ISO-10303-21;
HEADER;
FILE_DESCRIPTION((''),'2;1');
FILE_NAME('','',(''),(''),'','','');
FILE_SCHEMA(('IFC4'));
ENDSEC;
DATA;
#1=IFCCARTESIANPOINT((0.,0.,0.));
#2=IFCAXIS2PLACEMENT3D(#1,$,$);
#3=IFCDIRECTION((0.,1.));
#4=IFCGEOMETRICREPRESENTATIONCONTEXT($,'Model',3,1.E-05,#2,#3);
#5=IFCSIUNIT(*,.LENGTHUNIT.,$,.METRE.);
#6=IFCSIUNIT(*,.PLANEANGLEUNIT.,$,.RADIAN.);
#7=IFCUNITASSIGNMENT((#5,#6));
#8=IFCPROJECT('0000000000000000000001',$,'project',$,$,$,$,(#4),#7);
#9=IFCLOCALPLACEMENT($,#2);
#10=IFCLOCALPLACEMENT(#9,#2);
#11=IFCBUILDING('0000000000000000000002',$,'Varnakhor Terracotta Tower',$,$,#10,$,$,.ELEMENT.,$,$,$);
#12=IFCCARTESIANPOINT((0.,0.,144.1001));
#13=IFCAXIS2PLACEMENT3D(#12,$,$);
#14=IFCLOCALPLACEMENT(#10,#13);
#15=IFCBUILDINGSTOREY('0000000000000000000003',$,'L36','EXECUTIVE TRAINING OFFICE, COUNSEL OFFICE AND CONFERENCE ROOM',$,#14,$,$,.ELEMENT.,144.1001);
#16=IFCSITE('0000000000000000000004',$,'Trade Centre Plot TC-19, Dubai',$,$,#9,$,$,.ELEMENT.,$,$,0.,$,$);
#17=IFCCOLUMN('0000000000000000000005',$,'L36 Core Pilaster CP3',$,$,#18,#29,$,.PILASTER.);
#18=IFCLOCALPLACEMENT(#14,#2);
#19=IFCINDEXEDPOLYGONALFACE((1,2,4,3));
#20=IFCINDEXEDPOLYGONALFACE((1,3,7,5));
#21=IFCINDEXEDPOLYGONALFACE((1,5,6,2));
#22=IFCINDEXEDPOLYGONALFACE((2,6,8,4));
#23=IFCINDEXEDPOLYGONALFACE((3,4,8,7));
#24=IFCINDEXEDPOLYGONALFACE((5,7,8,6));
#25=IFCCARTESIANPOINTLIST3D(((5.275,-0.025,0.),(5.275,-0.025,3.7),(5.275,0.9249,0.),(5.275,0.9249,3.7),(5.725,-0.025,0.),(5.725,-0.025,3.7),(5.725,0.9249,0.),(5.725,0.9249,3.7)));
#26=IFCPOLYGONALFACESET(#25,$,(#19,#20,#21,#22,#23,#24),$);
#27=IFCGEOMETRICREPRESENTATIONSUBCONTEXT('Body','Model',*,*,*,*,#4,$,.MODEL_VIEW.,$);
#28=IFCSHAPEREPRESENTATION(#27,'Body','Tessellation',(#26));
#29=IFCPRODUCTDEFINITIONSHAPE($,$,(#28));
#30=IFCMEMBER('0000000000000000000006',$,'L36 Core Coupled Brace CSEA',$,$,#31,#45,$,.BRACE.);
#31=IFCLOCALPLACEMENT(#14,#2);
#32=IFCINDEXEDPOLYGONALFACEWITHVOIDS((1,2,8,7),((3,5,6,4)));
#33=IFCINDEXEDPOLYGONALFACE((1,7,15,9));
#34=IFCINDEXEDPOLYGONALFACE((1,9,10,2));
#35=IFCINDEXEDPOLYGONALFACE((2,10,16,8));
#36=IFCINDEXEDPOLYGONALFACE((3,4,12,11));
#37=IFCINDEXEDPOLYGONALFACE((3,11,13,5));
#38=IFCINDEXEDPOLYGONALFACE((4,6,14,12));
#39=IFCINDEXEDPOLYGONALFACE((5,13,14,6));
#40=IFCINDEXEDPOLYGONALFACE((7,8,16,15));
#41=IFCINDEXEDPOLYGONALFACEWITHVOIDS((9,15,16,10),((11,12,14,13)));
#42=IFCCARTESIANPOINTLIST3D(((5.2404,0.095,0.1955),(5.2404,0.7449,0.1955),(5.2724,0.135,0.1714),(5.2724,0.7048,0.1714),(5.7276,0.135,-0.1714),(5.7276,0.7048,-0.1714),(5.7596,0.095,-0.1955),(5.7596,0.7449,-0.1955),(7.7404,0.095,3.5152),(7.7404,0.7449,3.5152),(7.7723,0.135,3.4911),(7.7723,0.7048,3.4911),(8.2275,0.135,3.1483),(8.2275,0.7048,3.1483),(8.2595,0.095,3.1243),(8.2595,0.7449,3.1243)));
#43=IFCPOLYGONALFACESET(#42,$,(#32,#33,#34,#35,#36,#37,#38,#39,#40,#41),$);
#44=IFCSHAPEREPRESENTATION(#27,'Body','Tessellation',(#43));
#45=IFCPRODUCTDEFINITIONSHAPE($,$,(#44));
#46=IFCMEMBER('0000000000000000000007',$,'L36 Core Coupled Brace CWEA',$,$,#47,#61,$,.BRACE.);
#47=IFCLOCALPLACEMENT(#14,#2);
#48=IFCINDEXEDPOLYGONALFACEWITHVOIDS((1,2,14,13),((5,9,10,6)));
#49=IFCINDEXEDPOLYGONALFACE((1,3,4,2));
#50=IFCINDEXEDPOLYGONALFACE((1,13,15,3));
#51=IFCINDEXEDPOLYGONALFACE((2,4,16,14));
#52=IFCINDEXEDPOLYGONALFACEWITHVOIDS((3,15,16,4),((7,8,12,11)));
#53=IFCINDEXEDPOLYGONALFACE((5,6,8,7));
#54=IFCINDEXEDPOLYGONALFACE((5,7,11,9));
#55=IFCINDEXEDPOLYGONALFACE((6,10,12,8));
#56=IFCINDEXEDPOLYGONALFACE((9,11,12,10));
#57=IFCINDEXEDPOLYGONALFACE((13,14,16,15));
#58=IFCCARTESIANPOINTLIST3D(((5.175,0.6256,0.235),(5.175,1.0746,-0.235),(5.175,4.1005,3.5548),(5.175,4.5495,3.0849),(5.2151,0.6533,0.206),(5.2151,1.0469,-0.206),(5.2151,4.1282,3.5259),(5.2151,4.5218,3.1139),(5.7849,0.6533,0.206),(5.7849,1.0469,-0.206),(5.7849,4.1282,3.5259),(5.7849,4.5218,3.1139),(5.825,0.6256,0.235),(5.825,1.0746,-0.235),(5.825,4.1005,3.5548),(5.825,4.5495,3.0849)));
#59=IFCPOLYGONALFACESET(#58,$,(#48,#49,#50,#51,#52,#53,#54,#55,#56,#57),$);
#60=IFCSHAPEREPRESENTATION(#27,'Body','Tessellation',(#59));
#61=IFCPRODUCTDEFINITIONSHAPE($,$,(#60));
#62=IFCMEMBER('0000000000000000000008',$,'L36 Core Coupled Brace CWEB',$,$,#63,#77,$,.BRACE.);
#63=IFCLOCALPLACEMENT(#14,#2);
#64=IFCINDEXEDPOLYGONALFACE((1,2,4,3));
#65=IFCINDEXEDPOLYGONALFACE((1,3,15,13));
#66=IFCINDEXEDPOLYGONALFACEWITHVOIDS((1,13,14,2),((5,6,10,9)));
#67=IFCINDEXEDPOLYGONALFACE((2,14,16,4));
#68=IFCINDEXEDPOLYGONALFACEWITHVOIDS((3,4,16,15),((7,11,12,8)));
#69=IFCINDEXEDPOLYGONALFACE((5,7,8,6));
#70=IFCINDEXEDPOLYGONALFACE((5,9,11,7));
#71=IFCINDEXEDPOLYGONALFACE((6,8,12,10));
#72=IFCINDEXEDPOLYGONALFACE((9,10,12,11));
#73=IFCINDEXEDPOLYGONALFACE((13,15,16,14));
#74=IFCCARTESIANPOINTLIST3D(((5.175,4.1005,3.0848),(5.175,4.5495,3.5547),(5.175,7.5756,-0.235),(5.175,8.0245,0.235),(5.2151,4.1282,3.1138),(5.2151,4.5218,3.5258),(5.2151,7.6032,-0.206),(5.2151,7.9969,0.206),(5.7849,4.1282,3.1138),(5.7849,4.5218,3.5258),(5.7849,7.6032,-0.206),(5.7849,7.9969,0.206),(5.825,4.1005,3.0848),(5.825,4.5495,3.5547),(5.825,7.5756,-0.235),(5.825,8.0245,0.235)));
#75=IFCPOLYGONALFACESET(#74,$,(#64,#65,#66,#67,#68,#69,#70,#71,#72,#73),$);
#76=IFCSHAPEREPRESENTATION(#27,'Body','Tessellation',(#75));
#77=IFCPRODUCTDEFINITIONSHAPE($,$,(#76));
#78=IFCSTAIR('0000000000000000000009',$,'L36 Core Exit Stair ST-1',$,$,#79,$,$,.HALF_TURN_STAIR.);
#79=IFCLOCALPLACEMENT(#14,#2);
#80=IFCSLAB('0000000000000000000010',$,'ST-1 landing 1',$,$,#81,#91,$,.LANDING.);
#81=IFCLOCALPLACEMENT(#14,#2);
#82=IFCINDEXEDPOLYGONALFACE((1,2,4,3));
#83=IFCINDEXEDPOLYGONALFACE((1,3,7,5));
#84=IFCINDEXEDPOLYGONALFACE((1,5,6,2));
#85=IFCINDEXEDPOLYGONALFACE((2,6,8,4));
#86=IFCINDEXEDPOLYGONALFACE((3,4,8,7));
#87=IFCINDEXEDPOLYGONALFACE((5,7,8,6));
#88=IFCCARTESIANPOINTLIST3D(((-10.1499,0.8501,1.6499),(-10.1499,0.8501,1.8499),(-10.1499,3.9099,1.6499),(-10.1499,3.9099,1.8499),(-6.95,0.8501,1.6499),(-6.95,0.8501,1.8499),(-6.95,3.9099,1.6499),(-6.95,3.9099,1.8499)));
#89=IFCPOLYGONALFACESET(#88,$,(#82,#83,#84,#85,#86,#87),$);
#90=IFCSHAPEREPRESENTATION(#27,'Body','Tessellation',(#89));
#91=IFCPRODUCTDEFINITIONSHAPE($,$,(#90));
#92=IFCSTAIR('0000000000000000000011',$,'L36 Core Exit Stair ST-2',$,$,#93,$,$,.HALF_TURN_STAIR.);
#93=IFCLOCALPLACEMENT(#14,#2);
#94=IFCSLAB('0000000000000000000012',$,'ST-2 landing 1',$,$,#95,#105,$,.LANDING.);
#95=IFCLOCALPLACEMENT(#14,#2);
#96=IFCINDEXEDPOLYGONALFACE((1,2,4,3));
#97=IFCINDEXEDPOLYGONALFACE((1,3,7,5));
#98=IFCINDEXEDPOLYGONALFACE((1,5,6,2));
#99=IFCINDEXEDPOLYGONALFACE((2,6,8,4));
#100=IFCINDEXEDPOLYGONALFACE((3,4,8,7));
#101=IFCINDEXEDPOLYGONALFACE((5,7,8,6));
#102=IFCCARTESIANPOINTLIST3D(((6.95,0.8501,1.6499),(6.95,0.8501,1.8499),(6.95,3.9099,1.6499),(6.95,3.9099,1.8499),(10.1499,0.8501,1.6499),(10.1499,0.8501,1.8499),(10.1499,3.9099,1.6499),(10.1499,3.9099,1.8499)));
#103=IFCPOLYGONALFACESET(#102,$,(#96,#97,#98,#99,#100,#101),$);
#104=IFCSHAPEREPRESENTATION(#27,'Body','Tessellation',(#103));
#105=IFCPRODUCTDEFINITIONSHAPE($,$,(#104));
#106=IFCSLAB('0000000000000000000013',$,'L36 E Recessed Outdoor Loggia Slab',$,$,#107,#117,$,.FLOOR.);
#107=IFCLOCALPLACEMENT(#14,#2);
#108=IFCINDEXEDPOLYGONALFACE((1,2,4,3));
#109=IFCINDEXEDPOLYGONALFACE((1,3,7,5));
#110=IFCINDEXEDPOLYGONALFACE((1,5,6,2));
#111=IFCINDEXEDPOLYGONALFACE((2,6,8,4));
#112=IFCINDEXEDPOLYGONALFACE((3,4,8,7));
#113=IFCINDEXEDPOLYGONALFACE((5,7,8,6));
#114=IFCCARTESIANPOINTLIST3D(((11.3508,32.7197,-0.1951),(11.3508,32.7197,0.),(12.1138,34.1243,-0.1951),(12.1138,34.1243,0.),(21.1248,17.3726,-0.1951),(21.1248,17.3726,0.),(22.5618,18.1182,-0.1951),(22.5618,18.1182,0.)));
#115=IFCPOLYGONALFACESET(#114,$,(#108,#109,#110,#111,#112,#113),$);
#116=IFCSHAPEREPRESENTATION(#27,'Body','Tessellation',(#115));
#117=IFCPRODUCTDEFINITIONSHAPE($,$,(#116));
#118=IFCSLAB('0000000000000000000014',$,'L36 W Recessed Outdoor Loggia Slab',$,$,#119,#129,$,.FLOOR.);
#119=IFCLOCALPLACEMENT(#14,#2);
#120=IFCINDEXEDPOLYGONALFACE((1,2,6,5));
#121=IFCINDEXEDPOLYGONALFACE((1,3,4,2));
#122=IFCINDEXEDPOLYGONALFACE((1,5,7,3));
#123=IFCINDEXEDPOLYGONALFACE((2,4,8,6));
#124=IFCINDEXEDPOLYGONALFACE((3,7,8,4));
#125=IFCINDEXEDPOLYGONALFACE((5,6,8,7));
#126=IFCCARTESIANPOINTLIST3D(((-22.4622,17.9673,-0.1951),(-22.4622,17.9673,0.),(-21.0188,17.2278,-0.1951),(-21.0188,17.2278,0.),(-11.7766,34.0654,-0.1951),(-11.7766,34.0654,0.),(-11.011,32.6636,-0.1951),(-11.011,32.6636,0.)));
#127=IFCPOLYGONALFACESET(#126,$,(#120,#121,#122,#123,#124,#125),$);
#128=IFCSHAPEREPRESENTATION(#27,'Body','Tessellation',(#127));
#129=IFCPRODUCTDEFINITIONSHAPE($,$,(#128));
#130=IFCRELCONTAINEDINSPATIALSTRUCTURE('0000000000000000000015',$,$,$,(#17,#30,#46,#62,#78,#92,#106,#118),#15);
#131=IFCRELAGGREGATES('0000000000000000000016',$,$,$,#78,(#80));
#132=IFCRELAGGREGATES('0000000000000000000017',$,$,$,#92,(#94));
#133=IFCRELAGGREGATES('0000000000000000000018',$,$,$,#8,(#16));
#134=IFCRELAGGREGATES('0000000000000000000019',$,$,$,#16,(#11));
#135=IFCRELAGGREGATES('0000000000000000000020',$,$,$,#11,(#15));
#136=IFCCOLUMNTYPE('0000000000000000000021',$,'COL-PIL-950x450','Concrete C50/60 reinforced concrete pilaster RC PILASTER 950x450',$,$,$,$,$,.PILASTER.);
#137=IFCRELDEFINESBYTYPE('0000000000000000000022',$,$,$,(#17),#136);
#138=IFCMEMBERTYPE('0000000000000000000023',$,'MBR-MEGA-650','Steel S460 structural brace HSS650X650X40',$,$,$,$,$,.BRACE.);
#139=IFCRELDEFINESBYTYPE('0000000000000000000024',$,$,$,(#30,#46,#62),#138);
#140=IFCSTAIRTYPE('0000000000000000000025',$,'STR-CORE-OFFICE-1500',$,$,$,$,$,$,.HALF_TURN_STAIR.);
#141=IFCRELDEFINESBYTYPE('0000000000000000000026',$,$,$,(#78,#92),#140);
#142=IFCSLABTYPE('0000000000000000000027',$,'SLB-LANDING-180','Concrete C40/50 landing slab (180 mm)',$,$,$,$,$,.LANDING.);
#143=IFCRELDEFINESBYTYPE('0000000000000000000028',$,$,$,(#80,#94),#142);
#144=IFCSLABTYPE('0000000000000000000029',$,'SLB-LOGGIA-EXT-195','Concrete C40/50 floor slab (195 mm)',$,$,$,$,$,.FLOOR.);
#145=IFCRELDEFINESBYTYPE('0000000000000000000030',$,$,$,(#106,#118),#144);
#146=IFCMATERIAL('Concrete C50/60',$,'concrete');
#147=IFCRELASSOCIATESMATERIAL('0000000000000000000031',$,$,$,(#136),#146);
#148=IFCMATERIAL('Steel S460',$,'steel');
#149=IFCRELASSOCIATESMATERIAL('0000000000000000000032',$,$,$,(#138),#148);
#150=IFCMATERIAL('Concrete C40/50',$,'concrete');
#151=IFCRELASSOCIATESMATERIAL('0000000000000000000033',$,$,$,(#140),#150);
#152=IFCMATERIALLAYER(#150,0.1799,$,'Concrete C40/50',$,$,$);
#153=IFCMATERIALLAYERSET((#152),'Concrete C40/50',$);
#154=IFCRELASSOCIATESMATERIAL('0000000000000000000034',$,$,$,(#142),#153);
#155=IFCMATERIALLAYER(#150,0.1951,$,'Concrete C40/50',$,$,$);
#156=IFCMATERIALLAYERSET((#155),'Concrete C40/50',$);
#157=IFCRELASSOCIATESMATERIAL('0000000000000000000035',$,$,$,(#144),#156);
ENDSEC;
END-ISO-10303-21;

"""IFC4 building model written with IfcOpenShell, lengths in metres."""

from ifc_helpers import new_model, si_unit, direction, frame, origin, origin_2d, place, context, subcontext, project, spatial, polyline, rectangle, hollow_rectangle, outline, extrude, source, transform, mapped, material, layer, layer_set, material_profile, profile_set, type_object, element, aggregate, save


model = new_model("IFC4")

# Units and contexts
model_context = context("Model", 3, precision=1e-05, world=origin(), true_north=direction((0.0, 1.0)))
body_context = subcontext(model_context, "Body", "Model", "MODEL_VIEW")
ifc_project = project(units=[si_unit("LENGTHUNIT", "METRE"), si_unit("PLANEANGLEUNIT", "RADIAN")], contexts=[model_context])

# Site, building, storey
site_placement = place(None, origin())
site = spatial("IfcSite", under=ifc_project, at=site_placement, Name="Trade Centre Plot TC-19, Dubai", CompositionType="ELEMENT", RefElevation=0.0)
building_placement = place(site_placement, origin())
building = spatial("IfcBuilding", under=site, at=building_placement, Name="Varnakhor Terracotta Tower", CompositionType="ELEMENT")
storey_placement = place(building_placement, frame((0.0, 0.0, 144.1001)))
storey = spatial("IfcBuildingStorey", under=building, at=storey_placement, Name="L36", Description="EXECUTIVE TRAINING OFFICE, COUNSEL OFFICE AND CONFERENCE ROOM", CompositionType="ELEMENT", Elevation=144.1001)

# Column
ifc_material_1 = material(Name="Concrete C50/60", Category="concrete")
ifc_material_profile_1 = material_profile(ifc_material_1, rectangle(XDim=0.45, YDim=0.95, at=origin_2d()), Name="RC PILASTER 950x450")
ifc_profile_set_1 = profile_set([ifc_material_profile_1], Name="Concrete C50/60")
column_type = type_object("IfcColumnType", Name="COL-PIL-950x450", Description="Concrete C50/60 reinforced concrete pilaster RC PILASTER 950x450", PredefinedType="PILASTER", material=ifc_profile_set_1)
shared_shape_1 = source(origin(), body_context, "Body", "SweptSolid", [
    extrude(rectangle(XDim=0.45, YDim=0.95, at=origin_2d()), origin(), (0.0, 0.0, 1.0), 3.7),
])
column_placement = place(storey_placement, frame((5.5, 0.45, 0.0), z_axis=(0.0, 0.0, 1.0), x_axis=(1.0, 0.0, 0.0)))
element("IfcColumn", 1, at=column_placement, inside=storey, type_object=column_type, Name="L36 Core Pilaster CP3", PredefinedType="PILASTER", context=body_context, shape_type="MappedRepresentation", body=[
    mapped(shared_shape_1, transform((0.0, 0.0, 0.0), scale=1.0)),
])

# Members
ifc_material_2 = material(Name="Steel S460", Category="steel")
ifc_material_profile_2 = material_profile(ifc_material_2, hollow_rectangle(XDim=0.6499, YDim=0.6499, WallThickness=0.04, at=origin_2d()), Name="HSS650X650X40")
ifc_profile_set_2 = profile_set([ifc_material_profile_2], Name="Steel S460")
member_type = type_object("IfcMemberType", Name="MBR-MEGA-650", Description="Steel S460 structural brace HSS650X650X40", PredefinedType="BRACE", material=ifc_profile_set_2)
shared_shape_2 = source(origin(), body_context, "Body", "SweptSolid", [
    extrude(hollow_rectangle(XDim=0.6499, YDim=0.6499, WallThickness=0.04, at=origin_2d()), origin(), (0.0, 0.0, 1.0), 4.1558),
])
member_placement = place(storey_placement, frame((5.5, 0.4199, 0.0), z_axis=(0.601559, 0.0, 0.798828), x_axis=(0.0, 1.0, 0.0)))
element("IfcMember", 2, at=member_placement, inside=storey, type_object=member_type, Name="L36 Core Coupled Brace CSEA", PredefinedType="BRACE", context=body_context, shape_type="MappedRepresentation", body=[
    mapped(shared_shape_2, transform((0.0, 0.0, 0.0), scale=1.0)),
])
shared_shape_3 = source(origin(), body_context, "Body", "SweptSolid", [
    extrude(hollow_rectangle(XDim=0.6499, YDim=0.6499, WallThickness=0.04, at=origin_2d()), origin(), (0.0, 0.0, 1.0), 4.8059),
])
for number, where, z_axis, x_axis, name in (
    (3, (5.5, 0.8501, 0.0), (0.0, 0.723052, 0.690793), (-1.0, 0.0, 0.0), "L36 Core Coupled Brace CWEA"),
    (4, (5.5, 7.8, 0.0), (0.0, -0.723076, 0.690768), (1.0, 0.0, 0.0), "L36 Core Coupled Brace CWEB"),
):
    element("IfcMember", number, at=place(storey_placement, frame(where, z_axis=z_axis, x_axis=x_axis)), inside=storey, type_object=member_type, Name=name, PredefinedType="BRACE", context=body_context, shape_type="MappedRepresentation", body=[
        mapped(shared_shape_3, transform((0.0, 0.0, 0.0), scale=1.0)),
    ])

# Stairs, slabs
ifc_material_3 = material(Name="Concrete C40/50", Category="concrete")
stair_type = type_object("IfcStairType", Name="STR-CORE-OFFICE-1500", PredefinedType="HALF_TURN_STAIR", material=ifc_material_3)
stair_1_placement = place(storey_placement, origin())
stair_1 = element("IfcStair", 5, at=stair_1_placement, inside=storey, type_object=stair_type, Name="L36 Core Exit Stair ST-1", PredefinedType="HALF_TURN_STAIR")
ifc_layer_1 = layer(ifc_material_3, 0.1799, Name="Concrete C40/50")
ifc_layer_set_1 = layer_set([ifc_layer_1], Name="Concrete C40/50")
slab_type_1 = type_object("IfcSlabType", Name="SLB-LANDING-180", Description="Concrete C40/50 landing slab (180 mm)", PredefinedType="LANDING", material=ifc_layer_set_1)
slab_1_placement = place(storey_placement, frame((0.0, 0.0, 1.6499)))
slab_1 = element("IfcSlab", 6, at=slab_1_placement, type_object=slab_type_1, Name="ST-1 landing 1", PredefinedType="LANDING", context=body_context, shape_type="SweptSolid", body=[
    extrude(outline(polyline([(-10.1499, 3.9099), (-10.1499, 0.8501), (-6.95, 0.8501), (-6.95, 3.9099), (-10.1499, 3.9099)])), origin(), (0.0, 0.0, 1.0), 0.2),
])
aggregate(stair_1, [slab_1])
stair_2_placement = place(storey_placement, origin())
stair_2 = element("IfcStair", 7, at=stair_2_placement, inside=storey, type_object=stair_type, Name="L36 Core Exit Stair ST-2", PredefinedType="HALF_TURN_STAIR")
slab_2_placement = place(storey_placement, frame((0.0, 0.0, 1.6499)))
slab_2 = element("IfcSlab", 8, at=slab_2_placement, type_object=slab_type_1, Name="ST-2 landing 1", PredefinedType="LANDING", context=body_context, shape_type="SweptSolid", body=[
    extrude(outline(polyline([(6.95, 3.9099), (6.95, 0.8501), (10.1499, 0.8501), (10.1499, 3.9099), (6.95, 3.9099)])), origin(), (0.0, 0.0, 1.0), 0.2),
])

# Slabs
ifc_layer_2 = layer(ifc_material_3, 0.1951, Name="Concrete C40/50")
ifc_layer_set_2 = layer_set([ifc_layer_2], Name="Concrete C40/50")
slab_type_2 = type_object("IfcSlabType", Name="SLB-LOGGIA-EXT-195", Description="Concrete C40/50 floor slab (195 mm)", PredefinedType="FLOOR", material=ifc_layer_set_2)
slab_3_placement = place(storey_placement, frame((0.0, 0.0, -0.1951)))
element("IfcSlab", 9, at=slab_3_placement, inside=storey, type_object=slab_type_2, Name="L36 E Recessed Outdoor Loggia Slab", PredefinedType="FLOOR", context=body_context, shape_type="SweptSolid", body=[
    extrude(outline(polyline([(12.1138, 34.1243), (22.5618, 18.1182), (21.1248, 17.3726), (11.3508, 32.7197), (12.1138, 34.1243)])), origin(), (0.0, 0.0, 1.0), 0.1951),
])
slab_4_placement = place(storey_placement, frame((0.0, 0.0, -0.1951)))
element("IfcSlab", 10, at=slab_4_placement, inside=storey, type_object=slab_type_2, Name="L36 W Recessed Outdoor Loggia Slab", PredefinedType="FLOOR", context=body_context, shape_type="SweptSolid", body=[
    extrude(outline(polyline([(-22.4622, 17.9673), (-11.7766, 34.0654), (-11.011, 32.6636), (-21.0188, 17.2278), (-22.4622, 17.9673)])), origin(), (0.0, 0.0, 1.0), 0.1951),
])

aggregate(stair_2, [slab_2])

save(model, "model.ifc")
